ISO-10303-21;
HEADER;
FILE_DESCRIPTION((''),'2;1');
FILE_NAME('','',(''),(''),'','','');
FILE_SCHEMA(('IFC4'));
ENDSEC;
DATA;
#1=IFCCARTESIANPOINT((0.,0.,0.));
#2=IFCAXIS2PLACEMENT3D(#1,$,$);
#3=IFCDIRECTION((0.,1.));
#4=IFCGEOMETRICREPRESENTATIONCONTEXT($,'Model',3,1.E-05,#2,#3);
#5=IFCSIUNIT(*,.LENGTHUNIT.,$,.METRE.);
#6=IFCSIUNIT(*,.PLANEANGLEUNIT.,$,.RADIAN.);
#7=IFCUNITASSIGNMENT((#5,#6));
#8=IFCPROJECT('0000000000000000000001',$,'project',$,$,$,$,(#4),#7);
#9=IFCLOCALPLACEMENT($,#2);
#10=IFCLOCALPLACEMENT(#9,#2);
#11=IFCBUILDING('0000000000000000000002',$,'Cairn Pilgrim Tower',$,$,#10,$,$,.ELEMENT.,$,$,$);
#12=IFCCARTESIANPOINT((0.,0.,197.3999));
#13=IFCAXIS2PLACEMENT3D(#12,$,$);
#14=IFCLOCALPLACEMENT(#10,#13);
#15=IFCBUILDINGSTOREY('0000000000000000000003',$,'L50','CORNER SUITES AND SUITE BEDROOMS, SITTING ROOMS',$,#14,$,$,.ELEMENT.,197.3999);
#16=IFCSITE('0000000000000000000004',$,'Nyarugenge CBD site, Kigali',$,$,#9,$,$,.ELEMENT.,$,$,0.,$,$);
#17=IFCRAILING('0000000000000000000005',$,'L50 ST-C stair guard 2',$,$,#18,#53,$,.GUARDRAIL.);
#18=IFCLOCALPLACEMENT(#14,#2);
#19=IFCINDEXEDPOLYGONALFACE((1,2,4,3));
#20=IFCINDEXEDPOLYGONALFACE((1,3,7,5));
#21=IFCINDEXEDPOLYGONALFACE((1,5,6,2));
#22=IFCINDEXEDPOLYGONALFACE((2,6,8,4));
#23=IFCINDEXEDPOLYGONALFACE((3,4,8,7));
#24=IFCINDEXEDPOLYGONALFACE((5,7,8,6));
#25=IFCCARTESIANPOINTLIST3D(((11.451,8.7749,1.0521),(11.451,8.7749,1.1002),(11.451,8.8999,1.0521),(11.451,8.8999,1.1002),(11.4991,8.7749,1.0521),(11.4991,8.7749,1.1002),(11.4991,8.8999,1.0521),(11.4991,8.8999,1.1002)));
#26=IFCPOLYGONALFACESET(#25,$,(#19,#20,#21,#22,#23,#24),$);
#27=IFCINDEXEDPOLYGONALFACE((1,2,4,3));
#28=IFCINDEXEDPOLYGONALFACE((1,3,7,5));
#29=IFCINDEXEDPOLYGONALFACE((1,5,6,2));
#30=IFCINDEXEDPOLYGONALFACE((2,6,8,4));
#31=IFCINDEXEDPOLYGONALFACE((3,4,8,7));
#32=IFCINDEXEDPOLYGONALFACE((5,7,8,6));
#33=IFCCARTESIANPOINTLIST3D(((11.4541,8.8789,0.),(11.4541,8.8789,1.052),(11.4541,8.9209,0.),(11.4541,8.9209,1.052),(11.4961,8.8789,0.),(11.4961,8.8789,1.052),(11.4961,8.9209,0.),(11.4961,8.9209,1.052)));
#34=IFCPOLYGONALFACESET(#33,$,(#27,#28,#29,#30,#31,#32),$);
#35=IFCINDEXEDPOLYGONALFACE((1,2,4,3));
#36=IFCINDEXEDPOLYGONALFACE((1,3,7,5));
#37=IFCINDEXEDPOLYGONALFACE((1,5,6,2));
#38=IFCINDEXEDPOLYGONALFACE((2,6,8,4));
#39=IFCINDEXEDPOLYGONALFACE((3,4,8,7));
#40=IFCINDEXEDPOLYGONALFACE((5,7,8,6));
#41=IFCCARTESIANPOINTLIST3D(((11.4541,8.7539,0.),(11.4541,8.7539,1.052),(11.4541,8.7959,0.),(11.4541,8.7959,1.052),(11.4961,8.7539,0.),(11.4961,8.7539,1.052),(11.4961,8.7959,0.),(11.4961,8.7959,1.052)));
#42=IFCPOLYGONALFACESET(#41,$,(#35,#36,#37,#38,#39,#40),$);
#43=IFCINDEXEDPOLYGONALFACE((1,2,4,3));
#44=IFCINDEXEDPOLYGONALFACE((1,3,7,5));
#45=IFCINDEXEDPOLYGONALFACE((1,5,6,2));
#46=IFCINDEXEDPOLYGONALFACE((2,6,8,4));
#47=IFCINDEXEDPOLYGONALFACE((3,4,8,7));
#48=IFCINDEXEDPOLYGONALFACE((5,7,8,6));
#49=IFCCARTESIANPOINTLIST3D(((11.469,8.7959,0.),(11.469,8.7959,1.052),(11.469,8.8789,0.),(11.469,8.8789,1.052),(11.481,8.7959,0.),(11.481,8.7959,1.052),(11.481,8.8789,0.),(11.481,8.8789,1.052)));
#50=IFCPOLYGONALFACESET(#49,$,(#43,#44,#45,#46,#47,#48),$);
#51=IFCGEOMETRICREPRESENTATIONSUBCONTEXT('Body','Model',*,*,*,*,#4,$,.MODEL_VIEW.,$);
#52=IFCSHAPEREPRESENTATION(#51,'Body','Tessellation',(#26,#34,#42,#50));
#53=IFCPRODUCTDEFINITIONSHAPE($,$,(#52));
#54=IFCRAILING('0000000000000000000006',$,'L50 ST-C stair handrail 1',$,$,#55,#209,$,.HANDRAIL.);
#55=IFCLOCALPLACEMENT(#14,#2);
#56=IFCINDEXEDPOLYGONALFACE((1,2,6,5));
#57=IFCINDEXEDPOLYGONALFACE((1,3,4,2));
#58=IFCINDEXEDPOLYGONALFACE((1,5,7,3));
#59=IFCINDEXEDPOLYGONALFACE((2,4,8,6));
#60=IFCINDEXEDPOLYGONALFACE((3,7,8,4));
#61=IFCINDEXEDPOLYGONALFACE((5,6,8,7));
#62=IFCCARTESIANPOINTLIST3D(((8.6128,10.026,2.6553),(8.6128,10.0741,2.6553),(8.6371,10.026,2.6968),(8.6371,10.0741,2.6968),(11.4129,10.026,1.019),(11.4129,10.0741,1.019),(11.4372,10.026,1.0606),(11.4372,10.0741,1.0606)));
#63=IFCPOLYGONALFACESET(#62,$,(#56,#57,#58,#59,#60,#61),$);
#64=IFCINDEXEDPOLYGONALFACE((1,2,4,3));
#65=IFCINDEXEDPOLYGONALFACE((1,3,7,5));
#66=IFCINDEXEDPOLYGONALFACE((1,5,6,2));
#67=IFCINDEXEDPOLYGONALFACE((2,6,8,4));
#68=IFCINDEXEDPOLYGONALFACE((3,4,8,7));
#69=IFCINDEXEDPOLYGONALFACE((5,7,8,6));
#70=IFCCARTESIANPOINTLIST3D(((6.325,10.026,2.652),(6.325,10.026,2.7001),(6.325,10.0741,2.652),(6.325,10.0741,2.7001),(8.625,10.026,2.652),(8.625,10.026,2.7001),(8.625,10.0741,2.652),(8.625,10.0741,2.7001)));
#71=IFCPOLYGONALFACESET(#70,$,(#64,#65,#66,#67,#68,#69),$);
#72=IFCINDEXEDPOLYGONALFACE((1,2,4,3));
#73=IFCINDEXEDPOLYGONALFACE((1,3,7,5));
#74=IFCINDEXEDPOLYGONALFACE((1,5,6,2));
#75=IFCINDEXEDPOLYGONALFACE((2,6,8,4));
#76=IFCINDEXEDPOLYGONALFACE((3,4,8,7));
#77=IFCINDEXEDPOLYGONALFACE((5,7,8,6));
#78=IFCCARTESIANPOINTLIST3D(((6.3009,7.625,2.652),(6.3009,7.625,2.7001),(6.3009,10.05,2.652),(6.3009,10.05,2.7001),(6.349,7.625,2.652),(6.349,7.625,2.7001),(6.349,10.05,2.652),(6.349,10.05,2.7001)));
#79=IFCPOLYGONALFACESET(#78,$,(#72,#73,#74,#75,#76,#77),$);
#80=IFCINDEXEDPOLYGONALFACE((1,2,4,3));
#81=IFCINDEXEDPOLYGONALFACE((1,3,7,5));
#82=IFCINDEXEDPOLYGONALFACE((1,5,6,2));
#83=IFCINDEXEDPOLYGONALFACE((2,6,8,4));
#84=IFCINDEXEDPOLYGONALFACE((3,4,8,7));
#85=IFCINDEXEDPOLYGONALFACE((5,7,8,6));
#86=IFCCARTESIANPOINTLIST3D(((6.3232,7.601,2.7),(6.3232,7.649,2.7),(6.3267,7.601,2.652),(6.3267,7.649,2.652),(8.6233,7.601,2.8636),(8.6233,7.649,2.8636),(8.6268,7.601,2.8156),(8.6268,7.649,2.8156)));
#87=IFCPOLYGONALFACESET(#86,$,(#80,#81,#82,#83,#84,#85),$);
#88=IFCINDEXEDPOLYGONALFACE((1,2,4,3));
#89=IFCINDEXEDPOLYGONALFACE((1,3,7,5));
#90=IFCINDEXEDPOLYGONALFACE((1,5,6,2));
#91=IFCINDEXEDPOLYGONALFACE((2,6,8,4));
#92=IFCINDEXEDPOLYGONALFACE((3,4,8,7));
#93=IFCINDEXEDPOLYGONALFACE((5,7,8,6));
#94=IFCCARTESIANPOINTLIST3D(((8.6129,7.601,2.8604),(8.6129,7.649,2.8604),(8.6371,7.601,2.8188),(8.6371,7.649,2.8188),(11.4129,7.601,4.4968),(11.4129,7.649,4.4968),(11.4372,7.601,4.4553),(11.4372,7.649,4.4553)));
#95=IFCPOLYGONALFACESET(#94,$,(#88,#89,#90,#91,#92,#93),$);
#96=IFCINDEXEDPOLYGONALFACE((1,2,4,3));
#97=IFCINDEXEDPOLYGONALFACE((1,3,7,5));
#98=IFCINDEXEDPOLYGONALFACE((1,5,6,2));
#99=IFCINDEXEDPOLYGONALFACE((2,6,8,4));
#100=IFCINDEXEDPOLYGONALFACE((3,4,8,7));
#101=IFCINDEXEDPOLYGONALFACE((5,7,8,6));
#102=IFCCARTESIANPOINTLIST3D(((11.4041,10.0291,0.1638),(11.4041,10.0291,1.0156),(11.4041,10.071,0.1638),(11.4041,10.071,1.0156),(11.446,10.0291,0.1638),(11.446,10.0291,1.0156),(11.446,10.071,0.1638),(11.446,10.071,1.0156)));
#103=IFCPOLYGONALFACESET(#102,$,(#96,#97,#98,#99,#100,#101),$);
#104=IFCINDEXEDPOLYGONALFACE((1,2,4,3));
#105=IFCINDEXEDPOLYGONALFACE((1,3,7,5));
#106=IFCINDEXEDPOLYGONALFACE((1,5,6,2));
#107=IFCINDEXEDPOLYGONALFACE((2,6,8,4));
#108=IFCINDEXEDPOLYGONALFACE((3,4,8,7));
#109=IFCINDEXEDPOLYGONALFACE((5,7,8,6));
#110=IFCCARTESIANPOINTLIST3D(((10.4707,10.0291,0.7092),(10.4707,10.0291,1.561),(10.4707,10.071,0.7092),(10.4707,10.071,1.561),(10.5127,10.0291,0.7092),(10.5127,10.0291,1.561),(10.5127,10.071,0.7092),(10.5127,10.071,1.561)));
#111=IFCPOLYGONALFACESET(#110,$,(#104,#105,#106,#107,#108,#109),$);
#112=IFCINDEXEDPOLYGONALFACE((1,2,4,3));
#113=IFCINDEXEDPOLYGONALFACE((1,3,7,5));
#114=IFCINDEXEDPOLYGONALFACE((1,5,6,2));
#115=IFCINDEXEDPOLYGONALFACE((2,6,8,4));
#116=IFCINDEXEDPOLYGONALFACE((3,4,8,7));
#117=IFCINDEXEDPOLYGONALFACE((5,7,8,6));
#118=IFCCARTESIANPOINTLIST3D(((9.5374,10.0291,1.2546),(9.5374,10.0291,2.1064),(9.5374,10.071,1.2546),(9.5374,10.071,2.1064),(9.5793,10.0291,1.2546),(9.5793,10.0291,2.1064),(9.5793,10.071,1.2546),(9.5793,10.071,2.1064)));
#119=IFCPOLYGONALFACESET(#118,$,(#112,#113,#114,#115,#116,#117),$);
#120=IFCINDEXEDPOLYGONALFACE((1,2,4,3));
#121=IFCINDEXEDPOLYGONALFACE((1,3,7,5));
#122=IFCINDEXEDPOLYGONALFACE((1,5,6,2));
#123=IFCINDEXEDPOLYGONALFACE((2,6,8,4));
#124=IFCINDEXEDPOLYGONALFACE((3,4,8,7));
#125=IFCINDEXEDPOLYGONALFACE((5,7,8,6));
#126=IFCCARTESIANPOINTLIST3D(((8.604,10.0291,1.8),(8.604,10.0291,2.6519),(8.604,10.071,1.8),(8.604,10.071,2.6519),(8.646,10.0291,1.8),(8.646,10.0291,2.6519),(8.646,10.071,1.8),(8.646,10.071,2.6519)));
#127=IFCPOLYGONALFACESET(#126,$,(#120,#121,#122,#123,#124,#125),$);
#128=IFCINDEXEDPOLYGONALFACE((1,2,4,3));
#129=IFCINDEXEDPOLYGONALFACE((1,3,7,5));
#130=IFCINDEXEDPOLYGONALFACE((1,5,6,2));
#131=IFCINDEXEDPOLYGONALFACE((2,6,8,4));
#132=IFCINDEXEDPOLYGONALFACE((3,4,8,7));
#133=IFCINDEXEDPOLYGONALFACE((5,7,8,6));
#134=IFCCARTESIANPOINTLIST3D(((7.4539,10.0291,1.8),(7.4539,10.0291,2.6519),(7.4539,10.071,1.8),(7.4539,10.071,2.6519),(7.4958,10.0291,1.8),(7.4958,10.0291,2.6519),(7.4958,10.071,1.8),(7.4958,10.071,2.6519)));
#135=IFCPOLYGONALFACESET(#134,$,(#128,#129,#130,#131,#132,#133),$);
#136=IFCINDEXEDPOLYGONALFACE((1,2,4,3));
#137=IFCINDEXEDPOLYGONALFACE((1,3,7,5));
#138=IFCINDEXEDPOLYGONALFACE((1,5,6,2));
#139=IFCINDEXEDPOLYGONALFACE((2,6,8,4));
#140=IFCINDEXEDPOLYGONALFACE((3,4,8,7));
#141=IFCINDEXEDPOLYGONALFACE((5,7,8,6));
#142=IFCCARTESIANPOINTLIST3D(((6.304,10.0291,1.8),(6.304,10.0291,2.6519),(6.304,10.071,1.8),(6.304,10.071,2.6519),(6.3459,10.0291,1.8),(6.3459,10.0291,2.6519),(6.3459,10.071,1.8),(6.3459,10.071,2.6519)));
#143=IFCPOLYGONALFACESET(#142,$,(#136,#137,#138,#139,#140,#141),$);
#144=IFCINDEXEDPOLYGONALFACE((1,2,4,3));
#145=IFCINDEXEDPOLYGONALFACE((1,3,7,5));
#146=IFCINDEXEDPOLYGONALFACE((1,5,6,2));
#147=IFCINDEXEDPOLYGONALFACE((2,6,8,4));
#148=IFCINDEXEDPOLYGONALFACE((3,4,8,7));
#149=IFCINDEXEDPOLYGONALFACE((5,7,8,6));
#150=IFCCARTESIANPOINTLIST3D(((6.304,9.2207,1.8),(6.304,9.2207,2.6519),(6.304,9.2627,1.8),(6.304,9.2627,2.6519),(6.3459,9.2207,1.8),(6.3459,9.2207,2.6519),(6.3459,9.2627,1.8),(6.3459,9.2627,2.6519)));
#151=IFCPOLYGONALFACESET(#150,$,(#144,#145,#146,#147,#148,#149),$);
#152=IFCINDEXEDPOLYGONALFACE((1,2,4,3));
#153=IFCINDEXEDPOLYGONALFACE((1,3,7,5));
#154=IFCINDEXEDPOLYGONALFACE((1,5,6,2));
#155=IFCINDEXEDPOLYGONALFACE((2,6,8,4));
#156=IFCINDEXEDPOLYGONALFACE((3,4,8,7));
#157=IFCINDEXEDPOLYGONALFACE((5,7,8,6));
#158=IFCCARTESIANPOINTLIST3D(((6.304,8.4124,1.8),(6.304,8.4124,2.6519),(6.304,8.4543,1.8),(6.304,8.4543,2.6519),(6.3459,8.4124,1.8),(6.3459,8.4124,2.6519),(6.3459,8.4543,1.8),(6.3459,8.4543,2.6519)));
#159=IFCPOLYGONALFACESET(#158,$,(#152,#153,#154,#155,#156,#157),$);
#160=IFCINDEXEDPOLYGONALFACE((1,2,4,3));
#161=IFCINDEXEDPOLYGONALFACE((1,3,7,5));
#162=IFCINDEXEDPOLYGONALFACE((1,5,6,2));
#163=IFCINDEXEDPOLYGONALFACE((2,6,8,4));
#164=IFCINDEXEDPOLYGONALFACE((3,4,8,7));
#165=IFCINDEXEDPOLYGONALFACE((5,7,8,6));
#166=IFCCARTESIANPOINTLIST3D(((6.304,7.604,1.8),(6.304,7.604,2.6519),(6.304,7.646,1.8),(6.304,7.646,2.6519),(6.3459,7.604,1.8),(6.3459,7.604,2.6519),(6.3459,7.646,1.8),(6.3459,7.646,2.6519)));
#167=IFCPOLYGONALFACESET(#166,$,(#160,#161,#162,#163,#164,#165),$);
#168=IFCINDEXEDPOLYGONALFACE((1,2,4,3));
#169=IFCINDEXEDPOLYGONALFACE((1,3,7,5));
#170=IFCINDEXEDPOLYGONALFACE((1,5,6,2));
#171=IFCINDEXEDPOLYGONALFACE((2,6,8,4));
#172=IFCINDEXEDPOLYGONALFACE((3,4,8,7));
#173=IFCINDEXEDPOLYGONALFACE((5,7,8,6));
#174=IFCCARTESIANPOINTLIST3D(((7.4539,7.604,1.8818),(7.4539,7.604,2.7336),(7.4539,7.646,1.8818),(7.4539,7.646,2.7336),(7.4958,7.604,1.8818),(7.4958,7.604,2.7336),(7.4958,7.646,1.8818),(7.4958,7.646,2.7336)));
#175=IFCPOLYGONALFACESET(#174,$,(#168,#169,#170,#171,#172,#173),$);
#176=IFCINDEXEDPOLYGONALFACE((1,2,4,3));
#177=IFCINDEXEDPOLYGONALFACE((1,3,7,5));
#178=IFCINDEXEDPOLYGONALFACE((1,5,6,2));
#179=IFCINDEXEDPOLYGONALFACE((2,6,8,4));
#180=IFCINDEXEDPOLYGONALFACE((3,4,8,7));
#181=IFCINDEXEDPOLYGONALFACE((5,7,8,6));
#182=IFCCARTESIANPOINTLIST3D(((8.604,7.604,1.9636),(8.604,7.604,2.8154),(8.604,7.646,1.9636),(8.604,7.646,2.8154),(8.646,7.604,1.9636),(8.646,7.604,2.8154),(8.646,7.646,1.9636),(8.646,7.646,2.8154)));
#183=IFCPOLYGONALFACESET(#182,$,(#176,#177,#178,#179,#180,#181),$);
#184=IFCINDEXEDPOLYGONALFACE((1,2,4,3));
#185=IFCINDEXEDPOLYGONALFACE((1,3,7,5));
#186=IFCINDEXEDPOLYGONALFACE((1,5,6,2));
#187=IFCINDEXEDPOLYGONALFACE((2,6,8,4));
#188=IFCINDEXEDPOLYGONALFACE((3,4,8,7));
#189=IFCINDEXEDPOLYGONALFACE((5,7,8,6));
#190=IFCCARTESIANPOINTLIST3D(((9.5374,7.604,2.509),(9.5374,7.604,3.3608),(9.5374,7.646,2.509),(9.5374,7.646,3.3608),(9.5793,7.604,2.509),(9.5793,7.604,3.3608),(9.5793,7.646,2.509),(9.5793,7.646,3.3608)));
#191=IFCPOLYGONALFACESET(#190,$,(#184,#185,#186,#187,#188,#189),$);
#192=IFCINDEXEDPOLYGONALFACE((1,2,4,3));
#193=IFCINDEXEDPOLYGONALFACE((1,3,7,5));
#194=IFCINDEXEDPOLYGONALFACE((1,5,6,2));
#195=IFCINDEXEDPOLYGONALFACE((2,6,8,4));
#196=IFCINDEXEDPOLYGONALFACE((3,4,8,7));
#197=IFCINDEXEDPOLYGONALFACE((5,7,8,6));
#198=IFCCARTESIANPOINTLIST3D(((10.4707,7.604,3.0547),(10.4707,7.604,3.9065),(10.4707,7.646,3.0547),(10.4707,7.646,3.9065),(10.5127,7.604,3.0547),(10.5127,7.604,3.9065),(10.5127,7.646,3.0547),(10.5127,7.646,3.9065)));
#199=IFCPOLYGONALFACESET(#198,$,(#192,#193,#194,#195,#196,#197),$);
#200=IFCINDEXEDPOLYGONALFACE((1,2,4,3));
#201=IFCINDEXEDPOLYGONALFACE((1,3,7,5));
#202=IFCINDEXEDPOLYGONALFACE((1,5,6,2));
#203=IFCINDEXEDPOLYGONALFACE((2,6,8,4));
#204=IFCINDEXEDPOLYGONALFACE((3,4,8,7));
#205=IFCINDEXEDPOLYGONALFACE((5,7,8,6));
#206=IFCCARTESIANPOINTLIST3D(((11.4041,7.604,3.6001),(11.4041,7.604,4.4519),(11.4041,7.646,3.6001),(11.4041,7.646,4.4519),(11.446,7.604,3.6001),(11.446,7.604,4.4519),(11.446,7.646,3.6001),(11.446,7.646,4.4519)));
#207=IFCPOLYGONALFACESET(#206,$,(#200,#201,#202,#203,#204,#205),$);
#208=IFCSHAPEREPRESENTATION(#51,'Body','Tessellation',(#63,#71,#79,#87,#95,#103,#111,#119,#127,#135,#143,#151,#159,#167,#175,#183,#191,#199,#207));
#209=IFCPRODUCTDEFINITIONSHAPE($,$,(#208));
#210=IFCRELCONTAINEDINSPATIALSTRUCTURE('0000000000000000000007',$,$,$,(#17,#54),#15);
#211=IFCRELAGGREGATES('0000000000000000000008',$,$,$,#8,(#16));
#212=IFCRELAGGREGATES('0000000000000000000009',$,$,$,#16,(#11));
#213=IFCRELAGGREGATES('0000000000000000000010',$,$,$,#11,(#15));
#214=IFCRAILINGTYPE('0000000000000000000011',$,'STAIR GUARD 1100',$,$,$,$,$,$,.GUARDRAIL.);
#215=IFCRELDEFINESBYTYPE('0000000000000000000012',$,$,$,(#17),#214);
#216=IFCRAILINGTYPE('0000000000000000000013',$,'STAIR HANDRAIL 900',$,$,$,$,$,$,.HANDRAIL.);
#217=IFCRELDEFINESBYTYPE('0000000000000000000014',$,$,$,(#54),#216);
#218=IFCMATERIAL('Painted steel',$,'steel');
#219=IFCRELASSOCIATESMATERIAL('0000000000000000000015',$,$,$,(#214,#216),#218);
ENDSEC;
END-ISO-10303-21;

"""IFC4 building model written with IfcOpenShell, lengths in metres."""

from ifc_helpers import new_model, si_unit, direction, frame, origin, origin_2d, place, context, subcontext, project, spatial, polyline, rectangle, outline, extrude, material, type_object, element, save


model = new_model("IFC4")

# Units and contexts
model_context = context("Model", 3, precision=1e-05, world=origin(), true_north=direction((0.0, 1.0)))
body_context = subcontext(model_context, "Body", "Model", "MODEL_VIEW")
ifc_project = project(units=[si_unit("LENGTHUNIT", "METRE"), si_unit("PLANEANGLEUNIT", "RADIAN")], contexts=[model_context])

# Site, building, storey
site_placement = place(None, origin())
site = spatial("IfcSite", under=ifc_project, at=site_placement, Name="Nyarugenge CBD site, Kigali", CompositionType="ELEMENT", RefElevation=0.0)
building_placement = place(site_placement, origin())
building = spatial("IfcBuilding", under=site, at=building_placement, Name="Cairn Pilgrim Tower", CompositionType="ELEMENT")
storey_placement = place(building_placement, frame((0.0, 0.0, 197.3999)))
storey = spatial("IfcBuildingStorey", under=building, at=storey_placement, Name="L50", Description="CORNER SUITES AND SUITE BEDROOMS, SITTING ROOMS", CompositionType="ELEMENT", Elevation=197.3999)

# Shared definitions
ifc_material_1 = material(Name="Painted steel", Category="steel")

# Railings
railing_type_1 = type_object("IfcRailingType", Name="STAIR GUARD 1100", PredefinedType="GUARDRAIL", material=ifc_material_1)
railing_1_placement = place(storey_placement, frame((11.4751, 8.8999, 0.0)))
element("IfcRailing", 1, at=railing_1_placement, inside=storey, type_object=railing_type_1, Name="L50 ST-C stair guard 2", PredefinedType="GUARDRAIL", context=body_context, shape_type="SweptSolid", body=[
    extrude(rectangle(XDim=0.0481, YDim=0.0481, at=origin_2d()), frame((0.0, 0.0, 1.0762), z_axis=(0.0, -1.0, 0.0), x_axis=(1.0, 0.0, 0.0)), (0.0, 0.0, 1.0), 0.125),
    extrude(rectangle(XDim=0.042, YDim=0.042, at=origin_2d()), origin(), (0.0, 0.0, 1.0), 1.052),
    extrude(rectangle(XDim=0.042, YDim=0.042, at=origin_2d()), frame((0.0, -0.125, 0.0)), (0.0, 0.0, 1.0), 1.052),
    extrude(outline(polyline([(0.021, 0.0), (0.104, 0.0), (0.104, 1.052), (0.021, 1.052), (0.021, 0.0)])), frame((0.0059, 0.0, 0.0), z_axis=(-1.0, 0.0, 0.0), x_axis=(0.0, -1.0, 0.0)), (0.0, 0.0, 1.0), 0.012),
])
railing_type_2 = type_object("IfcRailingType", Name="STAIR HANDRAIL 900", PredefinedType="HANDRAIL", material=ifc_material_1)
railing_2_placement = place(storey_placement, frame((11.425, 10.05, 0.1638)))
element("IfcRailing", 2, at=railing_2_placement, inside=storey, type_object=railing_type_2, Name="L50 ST-C stair handrail 1", PredefinedType="HANDRAIL", context=body_context, shape_type="SweptSolid", body=[
    extrude(rectangle(XDim=0.0481, YDim=0.0481, at=origin_2d()), frame((0.0, 0.0, 0.876), z_axis=(-0.863394, 0.0, 0.504531), x_axis=(0.0, -1.0, 0.0)), (0.0, 0.0, 1.0), 3.2432),
    extrude(rectangle(XDim=0.0481, YDim=0.0481, at=origin_2d()), frame((-2.8, 0.0, 2.5122), z_axis=(-1.0, 0.0, 0.0), x_axis=(0.0, -1.0, 0.0)), (0.0, 0.0, 1.0), 2.3),
    extrude(rectangle(XDim=0.0481, YDim=0.0481, at=origin_2d()), frame((-5.1001, 0.0, 2.5122), z_axis=(0.0, -1.0, 0.0), x_axis=(1.0, 0.0, 0.0)), (0.0, 0.0, 1.0), 2.425),
    extrude(rectangle(XDim=0.0481, YDim=0.0481, at=origin_2d()), frame((-5.1001, -2.425, 2.5122), z_axis=(0.997481, 0.0, 0.070939), x_axis=(0.0, 1.0, 0.0)), (0.0, 0.0, 1.0), 2.3059),
    extrude(rectangle(XDim=0.0481, YDim=0.0481, at=origin_2d()), frame((-2.8, -2.425, 2.6758), z_axis=(0.863361, 0.0, 0.504587), x_axis=(0.0, 1.0, 0.0)), (0.0, 0.0, 1.0), 3.2432),
    extrude(rectangle(XDim=0.042, YDim=0.042, at=origin_2d()), origin(), (0.0, 0.0, 1.0), 0.8518),
    extrude(rectangle(XDim=0.042, YDim=0.042, at=origin_2d()), frame((-0.9333, 0.0, 0.5454)), (0.0, 0.0, 1.0), 0.8518),
    extrude(rectangle(XDim=0.042, YDim=0.042, at=origin_2d()), frame((-1.8667, 0.0, 1.0908)), (0.0, 0.0, 1.0), 0.8518),
    extrude(rectangle(XDim=0.042, YDim=0.042, at=origin_2d()), frame((-2.8, 0.0, 1.6362)), (0.0, 0.0, 1.0), 0.8518),
    extrude(rectangle(XDim=0.042, YDim=0.042, at=origin_2d()), frame((-3.9502, 0.0, 1.6362)), (0.0, 0.0, 1.0), 0.8518),
    extrude(rectangle(XDim=0.042, YDim=0.042, at=origin_2d()), frame((-5.1001, 0.0, 1.6362)), (0.0, 0.0, 1.0), 0.8518),
    extrude(rectangle(XDim=0.042, YDim=0.042, at=origin_2d()), frame((-5.1001, -0.8083, 1.6362)), (0.0, 0.0, 1.0), 0.8518),
    extrude(rectangle(XDim=0.042, YDim=0.042, at=origin_2d()), frame((-5.1001, -1.6167, 1.6362)), (0.0, 0.0, 1.0), 0.8518),
    extrude(rectangle(XDim=0.042, YDim=0.042, at=origin_2d()), frame((-5.1001, -2.425, 1.6362)), (0.0, 0.0, 1.0), 0.8518),
    extrude(rectangle(XDim=0.042, YDim=0.042, at=origin_2d()), frame((-3.9502, -2.425, 1.718)), (0.0, 0.0, 1.0), 0.8518),
    extrude(rectangle(XDim=0.042, YDim=0.042, at=origin_2d()), frame((-2.8, -2.425, 1.7998)), (0.0, 0.0, 1.0), 0.8518),
    extrude(rectangle(XDim=0.042, YDim=0.042, at=origin_2d()), frame((-1.8667, -2.425, 2.3452)), (0.0, 0.0, 1.0), 0.8518),
    extrude(rectangle(XDim=0.042, YDim=0.042, at=origin_2d()), frame((-0.9333, -2.425, 2.8909)), (0.0, 0.0, 1.0), 0.8518),
    extrude(rectangle(XDim=0.042, YDim=0.042, at=origin_2d()), frame((0.0, -2.425, 3.4363)), (0.0, 0.0, 1.0), 0.8518),
])

save(model, "model.ifc")
